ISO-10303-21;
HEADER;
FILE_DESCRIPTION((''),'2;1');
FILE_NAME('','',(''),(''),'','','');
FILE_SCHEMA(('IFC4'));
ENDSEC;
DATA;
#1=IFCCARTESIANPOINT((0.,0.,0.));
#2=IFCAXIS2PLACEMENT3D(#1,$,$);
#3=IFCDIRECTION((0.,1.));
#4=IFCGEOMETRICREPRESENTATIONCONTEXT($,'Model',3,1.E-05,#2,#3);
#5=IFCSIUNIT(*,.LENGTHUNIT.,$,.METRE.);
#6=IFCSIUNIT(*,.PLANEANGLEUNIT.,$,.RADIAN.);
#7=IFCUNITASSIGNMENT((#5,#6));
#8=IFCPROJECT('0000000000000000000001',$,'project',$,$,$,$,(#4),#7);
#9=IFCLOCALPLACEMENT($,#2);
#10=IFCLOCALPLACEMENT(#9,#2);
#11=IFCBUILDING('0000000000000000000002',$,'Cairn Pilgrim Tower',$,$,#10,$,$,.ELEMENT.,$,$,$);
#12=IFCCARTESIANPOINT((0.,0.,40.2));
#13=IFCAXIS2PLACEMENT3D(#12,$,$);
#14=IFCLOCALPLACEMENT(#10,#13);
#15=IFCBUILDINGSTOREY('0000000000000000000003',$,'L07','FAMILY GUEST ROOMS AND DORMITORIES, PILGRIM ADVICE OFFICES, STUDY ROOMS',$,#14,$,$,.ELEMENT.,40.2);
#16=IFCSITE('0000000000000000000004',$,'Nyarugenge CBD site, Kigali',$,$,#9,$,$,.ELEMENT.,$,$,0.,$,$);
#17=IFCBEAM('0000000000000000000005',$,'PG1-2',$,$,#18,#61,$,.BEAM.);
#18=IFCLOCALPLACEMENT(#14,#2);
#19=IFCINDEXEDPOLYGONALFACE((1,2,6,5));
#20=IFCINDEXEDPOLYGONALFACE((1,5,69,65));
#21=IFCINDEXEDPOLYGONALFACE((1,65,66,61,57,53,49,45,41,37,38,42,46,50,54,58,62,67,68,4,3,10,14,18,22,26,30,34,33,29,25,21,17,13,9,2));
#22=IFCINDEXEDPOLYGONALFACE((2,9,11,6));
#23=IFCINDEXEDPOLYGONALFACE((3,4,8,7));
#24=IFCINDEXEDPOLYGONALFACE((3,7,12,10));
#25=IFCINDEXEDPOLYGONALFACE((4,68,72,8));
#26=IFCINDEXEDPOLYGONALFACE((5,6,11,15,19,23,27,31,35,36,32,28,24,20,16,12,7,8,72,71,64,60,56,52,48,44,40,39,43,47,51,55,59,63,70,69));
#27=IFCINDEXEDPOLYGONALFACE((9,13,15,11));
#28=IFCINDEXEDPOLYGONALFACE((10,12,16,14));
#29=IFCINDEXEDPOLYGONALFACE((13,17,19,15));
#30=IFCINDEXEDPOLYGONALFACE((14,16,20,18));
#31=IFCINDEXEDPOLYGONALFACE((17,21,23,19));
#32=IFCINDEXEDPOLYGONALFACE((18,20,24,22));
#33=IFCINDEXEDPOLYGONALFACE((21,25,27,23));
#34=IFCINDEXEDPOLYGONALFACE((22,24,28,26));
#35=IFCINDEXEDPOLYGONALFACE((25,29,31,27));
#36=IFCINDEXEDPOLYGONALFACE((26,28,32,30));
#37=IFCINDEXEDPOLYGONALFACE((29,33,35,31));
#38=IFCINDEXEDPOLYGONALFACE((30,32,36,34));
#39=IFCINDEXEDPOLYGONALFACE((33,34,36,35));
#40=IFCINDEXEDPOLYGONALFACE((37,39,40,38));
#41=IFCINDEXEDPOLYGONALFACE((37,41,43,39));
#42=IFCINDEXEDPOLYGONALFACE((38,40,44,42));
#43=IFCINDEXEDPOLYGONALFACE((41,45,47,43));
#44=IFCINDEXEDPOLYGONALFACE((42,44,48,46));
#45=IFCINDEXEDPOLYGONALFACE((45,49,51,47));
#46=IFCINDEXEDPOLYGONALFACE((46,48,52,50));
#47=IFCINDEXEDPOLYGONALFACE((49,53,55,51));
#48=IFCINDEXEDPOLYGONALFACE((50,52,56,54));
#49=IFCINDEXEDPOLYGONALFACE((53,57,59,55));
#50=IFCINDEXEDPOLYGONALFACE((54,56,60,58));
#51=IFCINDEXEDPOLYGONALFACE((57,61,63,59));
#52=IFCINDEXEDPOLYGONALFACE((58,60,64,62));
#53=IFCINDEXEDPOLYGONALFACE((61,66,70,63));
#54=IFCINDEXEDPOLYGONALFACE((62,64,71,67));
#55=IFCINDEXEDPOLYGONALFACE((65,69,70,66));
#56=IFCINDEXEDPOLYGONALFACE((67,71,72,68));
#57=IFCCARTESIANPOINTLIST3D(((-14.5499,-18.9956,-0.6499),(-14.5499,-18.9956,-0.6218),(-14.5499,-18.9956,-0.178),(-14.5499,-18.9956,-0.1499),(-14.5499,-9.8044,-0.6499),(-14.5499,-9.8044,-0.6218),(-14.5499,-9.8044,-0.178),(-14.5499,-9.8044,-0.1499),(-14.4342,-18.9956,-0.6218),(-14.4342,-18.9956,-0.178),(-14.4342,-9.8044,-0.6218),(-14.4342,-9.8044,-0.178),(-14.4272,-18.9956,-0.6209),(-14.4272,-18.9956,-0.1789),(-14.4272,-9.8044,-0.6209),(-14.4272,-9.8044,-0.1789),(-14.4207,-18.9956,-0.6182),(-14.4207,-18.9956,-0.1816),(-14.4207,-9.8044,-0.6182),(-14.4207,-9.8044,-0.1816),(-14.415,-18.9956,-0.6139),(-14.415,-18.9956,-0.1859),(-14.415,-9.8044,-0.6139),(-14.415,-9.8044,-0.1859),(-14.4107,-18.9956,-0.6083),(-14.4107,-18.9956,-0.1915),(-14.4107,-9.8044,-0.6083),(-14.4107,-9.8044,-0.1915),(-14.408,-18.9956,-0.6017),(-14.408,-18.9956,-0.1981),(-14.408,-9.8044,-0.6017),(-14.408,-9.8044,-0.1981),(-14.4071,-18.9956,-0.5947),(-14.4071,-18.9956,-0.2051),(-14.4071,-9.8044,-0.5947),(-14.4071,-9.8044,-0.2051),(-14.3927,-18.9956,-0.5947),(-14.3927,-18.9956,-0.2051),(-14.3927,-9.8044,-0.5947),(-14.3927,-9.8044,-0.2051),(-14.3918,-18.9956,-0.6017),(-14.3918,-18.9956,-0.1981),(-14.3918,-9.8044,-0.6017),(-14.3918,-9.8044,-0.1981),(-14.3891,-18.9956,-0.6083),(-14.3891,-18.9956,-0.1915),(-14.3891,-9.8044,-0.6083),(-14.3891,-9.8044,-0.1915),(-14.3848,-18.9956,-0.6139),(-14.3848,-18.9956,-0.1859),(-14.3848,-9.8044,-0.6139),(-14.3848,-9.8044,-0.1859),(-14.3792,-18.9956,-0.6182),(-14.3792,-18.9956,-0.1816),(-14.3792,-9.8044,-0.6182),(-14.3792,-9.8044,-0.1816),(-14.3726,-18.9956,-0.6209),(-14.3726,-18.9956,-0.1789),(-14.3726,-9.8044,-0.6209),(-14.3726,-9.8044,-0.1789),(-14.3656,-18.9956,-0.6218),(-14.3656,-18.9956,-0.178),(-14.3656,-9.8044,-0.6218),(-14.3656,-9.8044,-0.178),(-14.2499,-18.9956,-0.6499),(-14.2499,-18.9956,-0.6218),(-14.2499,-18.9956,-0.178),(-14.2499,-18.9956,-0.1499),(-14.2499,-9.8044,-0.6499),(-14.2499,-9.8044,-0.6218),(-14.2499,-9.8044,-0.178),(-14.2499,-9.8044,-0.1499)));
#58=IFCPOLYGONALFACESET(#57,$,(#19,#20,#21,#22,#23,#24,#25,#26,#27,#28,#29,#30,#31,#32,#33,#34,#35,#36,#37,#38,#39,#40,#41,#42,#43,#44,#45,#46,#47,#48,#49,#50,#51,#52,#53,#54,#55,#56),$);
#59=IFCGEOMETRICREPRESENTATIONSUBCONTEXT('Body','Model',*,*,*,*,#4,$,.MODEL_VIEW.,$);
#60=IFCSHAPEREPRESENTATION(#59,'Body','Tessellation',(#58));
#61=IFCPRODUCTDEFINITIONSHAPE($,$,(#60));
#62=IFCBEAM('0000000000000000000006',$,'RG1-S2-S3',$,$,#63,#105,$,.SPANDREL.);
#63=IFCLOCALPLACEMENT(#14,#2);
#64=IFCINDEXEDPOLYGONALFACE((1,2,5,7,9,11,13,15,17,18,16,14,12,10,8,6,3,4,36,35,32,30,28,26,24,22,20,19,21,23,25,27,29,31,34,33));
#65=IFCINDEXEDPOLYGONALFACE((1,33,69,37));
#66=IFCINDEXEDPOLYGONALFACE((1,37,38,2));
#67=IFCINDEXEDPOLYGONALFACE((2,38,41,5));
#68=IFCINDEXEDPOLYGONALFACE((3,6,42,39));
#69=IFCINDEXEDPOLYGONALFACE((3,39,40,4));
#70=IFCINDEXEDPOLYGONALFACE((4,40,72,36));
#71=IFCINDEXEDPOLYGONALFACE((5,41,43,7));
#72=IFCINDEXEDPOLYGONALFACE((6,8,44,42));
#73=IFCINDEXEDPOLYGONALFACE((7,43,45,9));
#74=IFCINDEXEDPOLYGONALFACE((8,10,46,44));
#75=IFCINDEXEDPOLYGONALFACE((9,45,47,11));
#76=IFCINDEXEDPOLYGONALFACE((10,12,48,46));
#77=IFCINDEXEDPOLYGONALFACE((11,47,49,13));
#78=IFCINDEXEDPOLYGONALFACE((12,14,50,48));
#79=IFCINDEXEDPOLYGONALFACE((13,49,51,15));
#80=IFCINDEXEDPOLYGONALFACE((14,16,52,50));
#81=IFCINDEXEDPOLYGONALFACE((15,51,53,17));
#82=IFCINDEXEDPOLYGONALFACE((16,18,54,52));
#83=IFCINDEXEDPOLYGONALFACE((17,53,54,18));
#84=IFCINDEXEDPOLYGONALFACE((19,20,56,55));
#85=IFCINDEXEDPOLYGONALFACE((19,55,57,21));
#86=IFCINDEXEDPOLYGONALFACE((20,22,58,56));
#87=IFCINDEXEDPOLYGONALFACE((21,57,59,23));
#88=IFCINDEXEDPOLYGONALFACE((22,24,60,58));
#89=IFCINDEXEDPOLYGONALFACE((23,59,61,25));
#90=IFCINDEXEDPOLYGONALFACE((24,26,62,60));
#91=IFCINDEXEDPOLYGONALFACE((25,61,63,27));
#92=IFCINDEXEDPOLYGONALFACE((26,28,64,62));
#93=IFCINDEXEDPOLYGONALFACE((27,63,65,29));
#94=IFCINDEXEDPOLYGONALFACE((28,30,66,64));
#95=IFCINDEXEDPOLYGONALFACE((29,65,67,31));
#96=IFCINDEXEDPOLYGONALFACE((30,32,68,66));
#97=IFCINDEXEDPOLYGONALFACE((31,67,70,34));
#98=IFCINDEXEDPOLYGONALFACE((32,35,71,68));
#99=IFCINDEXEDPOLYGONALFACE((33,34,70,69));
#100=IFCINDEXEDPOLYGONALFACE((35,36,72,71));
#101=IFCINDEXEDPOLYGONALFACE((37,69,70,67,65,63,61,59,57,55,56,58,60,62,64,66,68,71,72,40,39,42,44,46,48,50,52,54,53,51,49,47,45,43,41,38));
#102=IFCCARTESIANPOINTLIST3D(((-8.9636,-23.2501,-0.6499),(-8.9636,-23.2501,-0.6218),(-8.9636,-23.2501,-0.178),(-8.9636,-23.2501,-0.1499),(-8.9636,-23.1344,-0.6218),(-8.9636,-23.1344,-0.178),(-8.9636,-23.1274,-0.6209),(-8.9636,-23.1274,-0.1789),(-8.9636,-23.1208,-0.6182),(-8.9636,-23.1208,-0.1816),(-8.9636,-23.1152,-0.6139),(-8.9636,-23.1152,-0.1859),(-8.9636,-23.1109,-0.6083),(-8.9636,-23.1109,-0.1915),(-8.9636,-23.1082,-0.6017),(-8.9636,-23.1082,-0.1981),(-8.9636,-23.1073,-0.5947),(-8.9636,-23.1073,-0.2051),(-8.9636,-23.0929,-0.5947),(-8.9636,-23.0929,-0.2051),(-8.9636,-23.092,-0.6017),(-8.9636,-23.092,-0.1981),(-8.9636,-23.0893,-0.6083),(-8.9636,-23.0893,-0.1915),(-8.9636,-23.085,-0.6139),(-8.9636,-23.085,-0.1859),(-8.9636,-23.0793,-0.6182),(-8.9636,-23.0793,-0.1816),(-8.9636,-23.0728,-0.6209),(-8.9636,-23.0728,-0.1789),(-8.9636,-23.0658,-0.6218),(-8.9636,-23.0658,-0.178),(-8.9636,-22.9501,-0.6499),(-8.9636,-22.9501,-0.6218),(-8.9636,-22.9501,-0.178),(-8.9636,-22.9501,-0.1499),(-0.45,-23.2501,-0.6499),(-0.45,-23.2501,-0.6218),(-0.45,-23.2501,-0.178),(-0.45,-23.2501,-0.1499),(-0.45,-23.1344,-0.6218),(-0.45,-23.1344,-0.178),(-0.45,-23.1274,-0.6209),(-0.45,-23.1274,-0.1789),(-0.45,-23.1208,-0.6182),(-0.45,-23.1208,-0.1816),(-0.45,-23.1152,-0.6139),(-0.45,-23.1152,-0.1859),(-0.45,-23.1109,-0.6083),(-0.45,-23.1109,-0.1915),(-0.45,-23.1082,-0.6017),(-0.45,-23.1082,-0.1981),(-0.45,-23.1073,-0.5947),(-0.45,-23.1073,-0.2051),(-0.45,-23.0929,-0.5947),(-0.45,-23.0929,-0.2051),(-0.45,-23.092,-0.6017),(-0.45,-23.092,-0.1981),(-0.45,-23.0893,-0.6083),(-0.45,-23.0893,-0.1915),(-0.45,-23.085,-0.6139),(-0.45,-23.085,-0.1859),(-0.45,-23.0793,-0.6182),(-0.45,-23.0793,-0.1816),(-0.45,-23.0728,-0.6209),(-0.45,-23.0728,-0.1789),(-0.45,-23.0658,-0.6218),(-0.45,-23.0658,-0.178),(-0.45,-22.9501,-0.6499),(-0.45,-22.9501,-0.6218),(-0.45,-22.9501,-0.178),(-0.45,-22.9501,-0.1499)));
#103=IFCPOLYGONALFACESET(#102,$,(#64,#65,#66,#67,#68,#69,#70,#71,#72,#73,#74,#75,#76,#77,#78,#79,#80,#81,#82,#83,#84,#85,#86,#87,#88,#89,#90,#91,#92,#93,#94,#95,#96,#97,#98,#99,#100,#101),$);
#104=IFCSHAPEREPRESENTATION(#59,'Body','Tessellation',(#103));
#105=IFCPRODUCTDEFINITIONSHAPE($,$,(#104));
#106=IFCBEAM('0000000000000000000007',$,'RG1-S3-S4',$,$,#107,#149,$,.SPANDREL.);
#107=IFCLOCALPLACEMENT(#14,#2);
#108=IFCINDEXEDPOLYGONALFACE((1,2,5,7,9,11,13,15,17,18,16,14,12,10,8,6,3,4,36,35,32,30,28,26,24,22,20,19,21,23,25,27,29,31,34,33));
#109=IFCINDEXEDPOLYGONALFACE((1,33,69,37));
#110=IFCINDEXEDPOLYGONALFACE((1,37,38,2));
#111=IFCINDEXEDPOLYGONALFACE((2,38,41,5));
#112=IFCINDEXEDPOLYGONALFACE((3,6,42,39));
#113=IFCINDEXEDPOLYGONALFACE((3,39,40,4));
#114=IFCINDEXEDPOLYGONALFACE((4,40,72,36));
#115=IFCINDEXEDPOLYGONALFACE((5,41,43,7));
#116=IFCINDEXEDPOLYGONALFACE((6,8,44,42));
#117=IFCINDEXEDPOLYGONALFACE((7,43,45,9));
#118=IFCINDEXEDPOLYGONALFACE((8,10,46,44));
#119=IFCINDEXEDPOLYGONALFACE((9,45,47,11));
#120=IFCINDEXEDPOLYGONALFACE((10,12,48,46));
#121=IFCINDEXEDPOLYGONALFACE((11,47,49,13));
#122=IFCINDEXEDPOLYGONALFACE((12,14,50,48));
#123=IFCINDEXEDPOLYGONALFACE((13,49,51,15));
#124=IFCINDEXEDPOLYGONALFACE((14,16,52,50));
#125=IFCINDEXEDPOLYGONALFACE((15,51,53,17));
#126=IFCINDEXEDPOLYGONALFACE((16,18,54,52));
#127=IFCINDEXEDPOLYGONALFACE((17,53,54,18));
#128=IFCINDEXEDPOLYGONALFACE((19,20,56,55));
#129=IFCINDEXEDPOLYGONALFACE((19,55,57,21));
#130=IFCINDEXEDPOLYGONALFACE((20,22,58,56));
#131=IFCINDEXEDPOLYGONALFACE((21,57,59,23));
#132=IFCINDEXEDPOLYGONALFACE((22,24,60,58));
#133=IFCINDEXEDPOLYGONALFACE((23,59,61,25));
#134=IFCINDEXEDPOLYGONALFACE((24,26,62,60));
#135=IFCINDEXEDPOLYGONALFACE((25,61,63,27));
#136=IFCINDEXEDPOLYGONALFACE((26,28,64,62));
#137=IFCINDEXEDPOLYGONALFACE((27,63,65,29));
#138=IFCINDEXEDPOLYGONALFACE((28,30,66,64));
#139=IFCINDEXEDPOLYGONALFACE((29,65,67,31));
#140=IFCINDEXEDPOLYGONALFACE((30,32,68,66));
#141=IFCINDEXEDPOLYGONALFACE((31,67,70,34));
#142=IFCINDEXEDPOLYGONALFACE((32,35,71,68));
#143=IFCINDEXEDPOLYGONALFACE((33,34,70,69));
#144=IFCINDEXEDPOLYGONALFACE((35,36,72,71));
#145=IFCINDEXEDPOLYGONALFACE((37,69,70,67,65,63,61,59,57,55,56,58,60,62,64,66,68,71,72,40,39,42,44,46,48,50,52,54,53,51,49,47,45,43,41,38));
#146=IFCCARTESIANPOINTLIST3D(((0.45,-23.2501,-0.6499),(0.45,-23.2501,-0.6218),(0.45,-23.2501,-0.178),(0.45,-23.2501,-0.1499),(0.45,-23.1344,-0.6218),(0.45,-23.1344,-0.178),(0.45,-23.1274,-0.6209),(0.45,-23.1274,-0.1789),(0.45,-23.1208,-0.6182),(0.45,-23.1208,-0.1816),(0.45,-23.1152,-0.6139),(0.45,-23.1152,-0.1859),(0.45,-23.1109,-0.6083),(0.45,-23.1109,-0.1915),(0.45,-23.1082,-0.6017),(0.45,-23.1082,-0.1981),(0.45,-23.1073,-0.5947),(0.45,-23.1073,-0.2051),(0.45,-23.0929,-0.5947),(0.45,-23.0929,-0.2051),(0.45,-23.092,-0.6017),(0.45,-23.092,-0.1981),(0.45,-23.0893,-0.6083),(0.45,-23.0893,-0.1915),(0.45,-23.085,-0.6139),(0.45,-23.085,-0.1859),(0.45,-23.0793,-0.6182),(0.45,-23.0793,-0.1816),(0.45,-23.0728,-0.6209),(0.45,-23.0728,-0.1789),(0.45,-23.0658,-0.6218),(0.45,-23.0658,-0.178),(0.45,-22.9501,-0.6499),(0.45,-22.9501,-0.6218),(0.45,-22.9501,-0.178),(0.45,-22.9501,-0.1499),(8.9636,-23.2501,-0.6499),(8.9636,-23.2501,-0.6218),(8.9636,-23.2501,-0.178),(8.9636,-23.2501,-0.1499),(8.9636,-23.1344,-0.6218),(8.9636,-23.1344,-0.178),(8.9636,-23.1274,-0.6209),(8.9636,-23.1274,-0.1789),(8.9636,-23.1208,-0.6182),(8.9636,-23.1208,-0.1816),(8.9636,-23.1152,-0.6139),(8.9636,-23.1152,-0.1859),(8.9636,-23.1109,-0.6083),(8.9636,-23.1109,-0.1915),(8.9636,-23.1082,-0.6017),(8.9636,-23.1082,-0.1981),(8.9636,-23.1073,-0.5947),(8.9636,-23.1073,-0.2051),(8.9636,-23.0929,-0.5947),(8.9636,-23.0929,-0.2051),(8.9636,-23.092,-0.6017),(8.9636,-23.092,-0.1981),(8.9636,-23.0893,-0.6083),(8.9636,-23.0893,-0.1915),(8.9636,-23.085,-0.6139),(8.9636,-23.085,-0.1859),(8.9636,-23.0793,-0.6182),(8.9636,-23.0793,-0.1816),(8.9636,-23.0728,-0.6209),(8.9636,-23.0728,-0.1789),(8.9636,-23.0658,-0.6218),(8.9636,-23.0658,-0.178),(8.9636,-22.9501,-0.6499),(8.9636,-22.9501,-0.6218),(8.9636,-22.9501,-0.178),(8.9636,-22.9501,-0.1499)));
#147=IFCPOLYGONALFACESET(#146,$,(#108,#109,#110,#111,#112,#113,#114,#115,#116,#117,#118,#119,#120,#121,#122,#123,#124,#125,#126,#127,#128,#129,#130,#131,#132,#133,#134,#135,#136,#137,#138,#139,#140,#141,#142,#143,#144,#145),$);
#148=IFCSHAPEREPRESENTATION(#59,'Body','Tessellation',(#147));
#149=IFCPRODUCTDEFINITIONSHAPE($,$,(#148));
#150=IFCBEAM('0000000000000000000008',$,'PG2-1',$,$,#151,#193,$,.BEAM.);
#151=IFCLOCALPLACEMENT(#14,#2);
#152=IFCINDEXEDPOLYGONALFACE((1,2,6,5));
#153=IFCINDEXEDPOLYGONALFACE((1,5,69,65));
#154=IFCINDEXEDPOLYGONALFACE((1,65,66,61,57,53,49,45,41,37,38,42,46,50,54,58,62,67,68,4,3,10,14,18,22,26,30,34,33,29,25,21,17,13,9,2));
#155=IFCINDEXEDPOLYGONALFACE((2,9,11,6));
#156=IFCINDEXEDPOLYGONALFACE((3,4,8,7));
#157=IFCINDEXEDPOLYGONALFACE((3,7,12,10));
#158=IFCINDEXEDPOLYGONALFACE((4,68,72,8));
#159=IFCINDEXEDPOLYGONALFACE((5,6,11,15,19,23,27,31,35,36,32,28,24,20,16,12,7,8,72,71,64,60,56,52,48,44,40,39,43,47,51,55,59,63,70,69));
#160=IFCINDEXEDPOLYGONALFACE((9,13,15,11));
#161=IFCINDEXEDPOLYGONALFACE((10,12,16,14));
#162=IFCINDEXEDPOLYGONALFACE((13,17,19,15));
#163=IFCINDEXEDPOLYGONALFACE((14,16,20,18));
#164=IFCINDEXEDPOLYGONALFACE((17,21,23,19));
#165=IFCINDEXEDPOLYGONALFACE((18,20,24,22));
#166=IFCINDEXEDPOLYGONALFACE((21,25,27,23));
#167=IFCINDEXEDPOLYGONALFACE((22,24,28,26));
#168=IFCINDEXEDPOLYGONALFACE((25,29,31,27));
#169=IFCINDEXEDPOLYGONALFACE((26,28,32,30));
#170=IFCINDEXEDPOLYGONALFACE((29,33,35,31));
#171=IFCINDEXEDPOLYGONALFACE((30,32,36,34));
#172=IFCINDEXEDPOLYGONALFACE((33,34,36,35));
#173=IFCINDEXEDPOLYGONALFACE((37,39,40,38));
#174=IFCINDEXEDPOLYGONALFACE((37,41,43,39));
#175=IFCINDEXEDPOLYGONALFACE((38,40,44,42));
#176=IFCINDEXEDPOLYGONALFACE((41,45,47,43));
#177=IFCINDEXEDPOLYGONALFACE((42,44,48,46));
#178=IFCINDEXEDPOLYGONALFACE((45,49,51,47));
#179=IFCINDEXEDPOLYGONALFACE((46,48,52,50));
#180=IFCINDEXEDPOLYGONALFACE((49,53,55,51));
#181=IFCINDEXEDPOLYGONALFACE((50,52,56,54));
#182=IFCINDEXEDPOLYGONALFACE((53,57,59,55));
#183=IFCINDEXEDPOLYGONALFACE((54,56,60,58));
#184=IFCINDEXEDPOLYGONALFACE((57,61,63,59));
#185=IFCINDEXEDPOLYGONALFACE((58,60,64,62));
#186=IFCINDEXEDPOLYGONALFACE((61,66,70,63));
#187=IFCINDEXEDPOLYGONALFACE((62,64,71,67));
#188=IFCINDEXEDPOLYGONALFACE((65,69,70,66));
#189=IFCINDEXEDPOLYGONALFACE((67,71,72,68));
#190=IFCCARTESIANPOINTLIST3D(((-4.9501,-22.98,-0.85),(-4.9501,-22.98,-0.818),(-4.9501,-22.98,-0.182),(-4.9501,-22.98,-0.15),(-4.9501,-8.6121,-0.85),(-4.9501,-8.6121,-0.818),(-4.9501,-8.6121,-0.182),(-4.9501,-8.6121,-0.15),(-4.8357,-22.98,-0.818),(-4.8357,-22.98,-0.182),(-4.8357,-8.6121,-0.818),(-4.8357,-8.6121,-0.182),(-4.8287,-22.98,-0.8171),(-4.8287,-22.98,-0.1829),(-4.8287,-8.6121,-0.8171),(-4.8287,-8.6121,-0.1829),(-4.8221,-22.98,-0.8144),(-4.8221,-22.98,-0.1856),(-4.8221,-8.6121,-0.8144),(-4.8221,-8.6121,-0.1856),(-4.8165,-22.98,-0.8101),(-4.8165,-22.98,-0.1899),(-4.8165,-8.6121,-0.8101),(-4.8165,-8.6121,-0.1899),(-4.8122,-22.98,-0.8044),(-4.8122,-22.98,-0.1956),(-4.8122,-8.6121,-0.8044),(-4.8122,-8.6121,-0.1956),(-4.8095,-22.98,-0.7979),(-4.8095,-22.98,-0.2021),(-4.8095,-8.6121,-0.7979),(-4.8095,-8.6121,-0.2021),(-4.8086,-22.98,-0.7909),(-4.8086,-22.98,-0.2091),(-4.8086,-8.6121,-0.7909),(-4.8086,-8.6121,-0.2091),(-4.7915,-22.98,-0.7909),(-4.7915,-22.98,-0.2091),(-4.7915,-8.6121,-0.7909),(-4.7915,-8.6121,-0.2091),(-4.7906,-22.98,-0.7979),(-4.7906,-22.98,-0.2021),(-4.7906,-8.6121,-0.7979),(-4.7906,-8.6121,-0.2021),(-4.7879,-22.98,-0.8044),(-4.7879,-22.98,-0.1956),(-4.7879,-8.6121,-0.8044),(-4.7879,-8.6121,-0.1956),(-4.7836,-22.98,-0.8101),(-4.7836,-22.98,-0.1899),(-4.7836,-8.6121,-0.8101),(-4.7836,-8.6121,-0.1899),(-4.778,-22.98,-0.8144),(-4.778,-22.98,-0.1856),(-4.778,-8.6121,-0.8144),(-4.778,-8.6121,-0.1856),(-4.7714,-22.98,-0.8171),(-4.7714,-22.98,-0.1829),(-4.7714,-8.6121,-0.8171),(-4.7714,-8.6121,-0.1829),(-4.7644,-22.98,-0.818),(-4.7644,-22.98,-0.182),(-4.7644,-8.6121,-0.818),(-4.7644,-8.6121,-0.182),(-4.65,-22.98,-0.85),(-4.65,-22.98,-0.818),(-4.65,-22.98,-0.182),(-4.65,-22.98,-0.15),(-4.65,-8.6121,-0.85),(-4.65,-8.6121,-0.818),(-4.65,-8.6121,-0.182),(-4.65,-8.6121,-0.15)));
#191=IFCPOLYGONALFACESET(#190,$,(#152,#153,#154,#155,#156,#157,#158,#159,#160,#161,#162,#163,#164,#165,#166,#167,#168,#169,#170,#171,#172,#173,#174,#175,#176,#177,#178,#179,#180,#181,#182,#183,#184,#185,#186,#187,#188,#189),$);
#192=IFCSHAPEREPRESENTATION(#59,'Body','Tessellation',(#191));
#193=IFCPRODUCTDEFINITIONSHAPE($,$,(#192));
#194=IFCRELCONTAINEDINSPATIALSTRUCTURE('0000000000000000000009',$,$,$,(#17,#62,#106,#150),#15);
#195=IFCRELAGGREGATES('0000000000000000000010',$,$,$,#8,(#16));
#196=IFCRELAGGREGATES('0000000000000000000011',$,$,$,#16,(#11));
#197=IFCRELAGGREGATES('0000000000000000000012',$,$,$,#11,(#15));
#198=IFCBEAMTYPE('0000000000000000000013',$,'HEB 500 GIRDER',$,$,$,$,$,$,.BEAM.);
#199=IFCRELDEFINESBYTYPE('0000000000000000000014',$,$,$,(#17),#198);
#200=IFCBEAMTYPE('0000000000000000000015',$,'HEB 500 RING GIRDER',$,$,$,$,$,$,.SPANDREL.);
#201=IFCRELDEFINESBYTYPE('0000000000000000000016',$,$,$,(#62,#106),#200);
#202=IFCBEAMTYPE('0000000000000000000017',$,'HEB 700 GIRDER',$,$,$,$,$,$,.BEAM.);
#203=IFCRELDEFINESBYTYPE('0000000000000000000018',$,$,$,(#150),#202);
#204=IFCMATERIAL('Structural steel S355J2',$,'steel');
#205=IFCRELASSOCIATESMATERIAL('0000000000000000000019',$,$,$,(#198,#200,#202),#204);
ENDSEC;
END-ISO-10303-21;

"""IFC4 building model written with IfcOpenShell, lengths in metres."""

from ifc_helpers import new_model, si_unit, direction, frame, origin, origin_2d, place, context, subcontext, project, spatial, i_section, extrude, material, material_profile, profile_set, type_object, element, save


model = new_model("IFC4")

# Units and contexts
model_context = context("Model", 3, precision=1e-05, world=origin(), true_north=direction((0.0, 1.0)))
body_context = subcontext(model_context, "Body", "Model", "MODEL_VIEW")
ifc_project = project(units=[si_unit("LENGTHUNIT", "METRE"), si_unit("PLANEANGLEUNIT", "RADIAN")], contexts=[model_context])

# Site, building, storey
site_placement = place(None, origin())
site = spatial("IfcSite", under=ifc_project, at=site_placement, Name="Nyarugenge CBD site, Kigali", CompositionType="ELEMENT", RefElevation=0.0)
building_placement = place(site_placement, origin())
building = spatial("IfcBuilding", under=site, at=building_placement, Name="Cairn Pilgrim Tower", CompositionType="ELEMENT")
storey_placement = place(building_placement, frame((0.0, 0.0, 40.2)))
storey = spatial("IfcBuildingStorey", under=building, at=storey_placement, Name="L07", Description="FAMILY GUEST ROOMS AND DORMITORIES, PILGRIM ADVICE OFFICES, STUDY ROOMS", CompositionType="ELEMENT", Elevation=40.2)

# Beams
ifc_material_1 = material(Name="Structural steel S355J2", Category="steel")
ifc_material_profile_1 = material_profile(ifc_material_1, i_section(OverallWidth=0.3, OverallDepth=0.5, WebThickness=0.0144, FlangeThickness=0.0281, FilletRadius=0.0271, at=origin_2d()), Name="HEB 500")
ifc_profile_set_1 = profile_set([ifc_material_profile_1], Name="Structural steel S355J2")
beam_type_1 = type_object("IfcBeamType", Name="HEB 500 GIRDER", PredefinedType="BEAM", material=ifc_profile_set_1)
beam_1_placement = place(storey_placement, frame((-14.3999, -18.9956, -0.3999), z_axis=(0.0, 1.0, 0.0), x_axis=(-1.0, 0.0, 0.0)))
element("IfcBeam", 1, at=beam_1_placement, inside=storey, type_object=beam_type_1, Name="PG1-2", PredefinedType="BEAM", context=body_context, shape_type="SweptSolid", body=[
    extrude(i_section(OverallWidth=0.3, OverallDepth=0.5, WebThickness=0.0144, FlangeThickness=0.0281, FilletRadius=0.0271, at=origin_2d()), origin(), (0.0, 0.0, 1.0), 9.1912),
])
ifc_material_profile_2 = material_profile(ifc_material_1, i_section(OverallWidth=0.3, OverallDepth=0.5, WebThickness=0.0144, FlangeThickness=0.0281, FilletRadius=0.0271, at=origin_2d()), Name="HEB 500")
ifc_profile_set_2 = profile_set([ifc_material_profile_2], Name="Structural steel S355J2")
beam_type_2 = type_object("IfcBeamType", Name="HEB 500 RING GIRDER", PredefinedType="SPANDREL", material=ifc_profile_set_2)
for number, where, z_axis, x_axis, name in (
    (2, (-8.9636, -23.1001, -0.3999), (1.0, 0.0, 0.0), (0.0, 1.0, 0.0), "RG1-S2-S3"),
    (3, (0.45, -23.1001, -0.3999), (1.0, 0.0, 0.0), (0.0, 1.0, 0.0), "RG1-S3-S4"),
):
    element("IfcBeam", number, at=place(storey_placement, frame(where, z_axis=z_axis, x_axis=x_axis)), inside=storey, type_object=beam_type_2, Name=name, PredefinedType="SPANDREL", context=body_context, shape_type="SweptSolid", body=[
        extrude(i_section(OverallWidth=0.3, OverallDepth=0.5, WebThickness=0.0144, FlangeThickness=0.0281, FilletRadius=0.0271, at=origin_2d()), origin(), (0.0, 0.0, 1.0), 8.5137),
    ])
ifc_material_profile_3 = material_profile(ifc_material_1, i_section(OverallWidth=0.3, OverallDepth=0.7, WebThickness=0.0171, FlangeThickness=0.032, FilletRadius=0.0271, at=origin_2d()), Name="HEB 700")
ifc_profile_set_3 = profile_set([ifc_material_profile_3], Name="Structural steel S355J2")
beam_type_3 = type_object("IfcBeamType", Name="HEB 700 GIRDER", PredefinedType="BEAM", material=ifc_profile_set_3)
beam_2_placement = place(storey_placement, frame((-4.8, -22.98, -0.5), z_axis=(0.0, 1.0, 0.0), x_axis=(-1.0, 0.0, 0.0)))
element("IfcBeam", 4, at=beam_2_placement, inside=storey, type_object=beam_type_3, Name="PG2-1", PredefinedType="BEAM", context=body_context, shape_type="SweptSolid", body=[
    extrude(i_section(OverallWidth=0.3, OverallDepth=0.7, WebThickness=0.0171, FlangeThickness=0.032, FilletRadius=0.0271, at=origin_2d()), origin(), (0.0, 0.0, 1.0), 14.3679),
])

save(model, "model.ifc")
